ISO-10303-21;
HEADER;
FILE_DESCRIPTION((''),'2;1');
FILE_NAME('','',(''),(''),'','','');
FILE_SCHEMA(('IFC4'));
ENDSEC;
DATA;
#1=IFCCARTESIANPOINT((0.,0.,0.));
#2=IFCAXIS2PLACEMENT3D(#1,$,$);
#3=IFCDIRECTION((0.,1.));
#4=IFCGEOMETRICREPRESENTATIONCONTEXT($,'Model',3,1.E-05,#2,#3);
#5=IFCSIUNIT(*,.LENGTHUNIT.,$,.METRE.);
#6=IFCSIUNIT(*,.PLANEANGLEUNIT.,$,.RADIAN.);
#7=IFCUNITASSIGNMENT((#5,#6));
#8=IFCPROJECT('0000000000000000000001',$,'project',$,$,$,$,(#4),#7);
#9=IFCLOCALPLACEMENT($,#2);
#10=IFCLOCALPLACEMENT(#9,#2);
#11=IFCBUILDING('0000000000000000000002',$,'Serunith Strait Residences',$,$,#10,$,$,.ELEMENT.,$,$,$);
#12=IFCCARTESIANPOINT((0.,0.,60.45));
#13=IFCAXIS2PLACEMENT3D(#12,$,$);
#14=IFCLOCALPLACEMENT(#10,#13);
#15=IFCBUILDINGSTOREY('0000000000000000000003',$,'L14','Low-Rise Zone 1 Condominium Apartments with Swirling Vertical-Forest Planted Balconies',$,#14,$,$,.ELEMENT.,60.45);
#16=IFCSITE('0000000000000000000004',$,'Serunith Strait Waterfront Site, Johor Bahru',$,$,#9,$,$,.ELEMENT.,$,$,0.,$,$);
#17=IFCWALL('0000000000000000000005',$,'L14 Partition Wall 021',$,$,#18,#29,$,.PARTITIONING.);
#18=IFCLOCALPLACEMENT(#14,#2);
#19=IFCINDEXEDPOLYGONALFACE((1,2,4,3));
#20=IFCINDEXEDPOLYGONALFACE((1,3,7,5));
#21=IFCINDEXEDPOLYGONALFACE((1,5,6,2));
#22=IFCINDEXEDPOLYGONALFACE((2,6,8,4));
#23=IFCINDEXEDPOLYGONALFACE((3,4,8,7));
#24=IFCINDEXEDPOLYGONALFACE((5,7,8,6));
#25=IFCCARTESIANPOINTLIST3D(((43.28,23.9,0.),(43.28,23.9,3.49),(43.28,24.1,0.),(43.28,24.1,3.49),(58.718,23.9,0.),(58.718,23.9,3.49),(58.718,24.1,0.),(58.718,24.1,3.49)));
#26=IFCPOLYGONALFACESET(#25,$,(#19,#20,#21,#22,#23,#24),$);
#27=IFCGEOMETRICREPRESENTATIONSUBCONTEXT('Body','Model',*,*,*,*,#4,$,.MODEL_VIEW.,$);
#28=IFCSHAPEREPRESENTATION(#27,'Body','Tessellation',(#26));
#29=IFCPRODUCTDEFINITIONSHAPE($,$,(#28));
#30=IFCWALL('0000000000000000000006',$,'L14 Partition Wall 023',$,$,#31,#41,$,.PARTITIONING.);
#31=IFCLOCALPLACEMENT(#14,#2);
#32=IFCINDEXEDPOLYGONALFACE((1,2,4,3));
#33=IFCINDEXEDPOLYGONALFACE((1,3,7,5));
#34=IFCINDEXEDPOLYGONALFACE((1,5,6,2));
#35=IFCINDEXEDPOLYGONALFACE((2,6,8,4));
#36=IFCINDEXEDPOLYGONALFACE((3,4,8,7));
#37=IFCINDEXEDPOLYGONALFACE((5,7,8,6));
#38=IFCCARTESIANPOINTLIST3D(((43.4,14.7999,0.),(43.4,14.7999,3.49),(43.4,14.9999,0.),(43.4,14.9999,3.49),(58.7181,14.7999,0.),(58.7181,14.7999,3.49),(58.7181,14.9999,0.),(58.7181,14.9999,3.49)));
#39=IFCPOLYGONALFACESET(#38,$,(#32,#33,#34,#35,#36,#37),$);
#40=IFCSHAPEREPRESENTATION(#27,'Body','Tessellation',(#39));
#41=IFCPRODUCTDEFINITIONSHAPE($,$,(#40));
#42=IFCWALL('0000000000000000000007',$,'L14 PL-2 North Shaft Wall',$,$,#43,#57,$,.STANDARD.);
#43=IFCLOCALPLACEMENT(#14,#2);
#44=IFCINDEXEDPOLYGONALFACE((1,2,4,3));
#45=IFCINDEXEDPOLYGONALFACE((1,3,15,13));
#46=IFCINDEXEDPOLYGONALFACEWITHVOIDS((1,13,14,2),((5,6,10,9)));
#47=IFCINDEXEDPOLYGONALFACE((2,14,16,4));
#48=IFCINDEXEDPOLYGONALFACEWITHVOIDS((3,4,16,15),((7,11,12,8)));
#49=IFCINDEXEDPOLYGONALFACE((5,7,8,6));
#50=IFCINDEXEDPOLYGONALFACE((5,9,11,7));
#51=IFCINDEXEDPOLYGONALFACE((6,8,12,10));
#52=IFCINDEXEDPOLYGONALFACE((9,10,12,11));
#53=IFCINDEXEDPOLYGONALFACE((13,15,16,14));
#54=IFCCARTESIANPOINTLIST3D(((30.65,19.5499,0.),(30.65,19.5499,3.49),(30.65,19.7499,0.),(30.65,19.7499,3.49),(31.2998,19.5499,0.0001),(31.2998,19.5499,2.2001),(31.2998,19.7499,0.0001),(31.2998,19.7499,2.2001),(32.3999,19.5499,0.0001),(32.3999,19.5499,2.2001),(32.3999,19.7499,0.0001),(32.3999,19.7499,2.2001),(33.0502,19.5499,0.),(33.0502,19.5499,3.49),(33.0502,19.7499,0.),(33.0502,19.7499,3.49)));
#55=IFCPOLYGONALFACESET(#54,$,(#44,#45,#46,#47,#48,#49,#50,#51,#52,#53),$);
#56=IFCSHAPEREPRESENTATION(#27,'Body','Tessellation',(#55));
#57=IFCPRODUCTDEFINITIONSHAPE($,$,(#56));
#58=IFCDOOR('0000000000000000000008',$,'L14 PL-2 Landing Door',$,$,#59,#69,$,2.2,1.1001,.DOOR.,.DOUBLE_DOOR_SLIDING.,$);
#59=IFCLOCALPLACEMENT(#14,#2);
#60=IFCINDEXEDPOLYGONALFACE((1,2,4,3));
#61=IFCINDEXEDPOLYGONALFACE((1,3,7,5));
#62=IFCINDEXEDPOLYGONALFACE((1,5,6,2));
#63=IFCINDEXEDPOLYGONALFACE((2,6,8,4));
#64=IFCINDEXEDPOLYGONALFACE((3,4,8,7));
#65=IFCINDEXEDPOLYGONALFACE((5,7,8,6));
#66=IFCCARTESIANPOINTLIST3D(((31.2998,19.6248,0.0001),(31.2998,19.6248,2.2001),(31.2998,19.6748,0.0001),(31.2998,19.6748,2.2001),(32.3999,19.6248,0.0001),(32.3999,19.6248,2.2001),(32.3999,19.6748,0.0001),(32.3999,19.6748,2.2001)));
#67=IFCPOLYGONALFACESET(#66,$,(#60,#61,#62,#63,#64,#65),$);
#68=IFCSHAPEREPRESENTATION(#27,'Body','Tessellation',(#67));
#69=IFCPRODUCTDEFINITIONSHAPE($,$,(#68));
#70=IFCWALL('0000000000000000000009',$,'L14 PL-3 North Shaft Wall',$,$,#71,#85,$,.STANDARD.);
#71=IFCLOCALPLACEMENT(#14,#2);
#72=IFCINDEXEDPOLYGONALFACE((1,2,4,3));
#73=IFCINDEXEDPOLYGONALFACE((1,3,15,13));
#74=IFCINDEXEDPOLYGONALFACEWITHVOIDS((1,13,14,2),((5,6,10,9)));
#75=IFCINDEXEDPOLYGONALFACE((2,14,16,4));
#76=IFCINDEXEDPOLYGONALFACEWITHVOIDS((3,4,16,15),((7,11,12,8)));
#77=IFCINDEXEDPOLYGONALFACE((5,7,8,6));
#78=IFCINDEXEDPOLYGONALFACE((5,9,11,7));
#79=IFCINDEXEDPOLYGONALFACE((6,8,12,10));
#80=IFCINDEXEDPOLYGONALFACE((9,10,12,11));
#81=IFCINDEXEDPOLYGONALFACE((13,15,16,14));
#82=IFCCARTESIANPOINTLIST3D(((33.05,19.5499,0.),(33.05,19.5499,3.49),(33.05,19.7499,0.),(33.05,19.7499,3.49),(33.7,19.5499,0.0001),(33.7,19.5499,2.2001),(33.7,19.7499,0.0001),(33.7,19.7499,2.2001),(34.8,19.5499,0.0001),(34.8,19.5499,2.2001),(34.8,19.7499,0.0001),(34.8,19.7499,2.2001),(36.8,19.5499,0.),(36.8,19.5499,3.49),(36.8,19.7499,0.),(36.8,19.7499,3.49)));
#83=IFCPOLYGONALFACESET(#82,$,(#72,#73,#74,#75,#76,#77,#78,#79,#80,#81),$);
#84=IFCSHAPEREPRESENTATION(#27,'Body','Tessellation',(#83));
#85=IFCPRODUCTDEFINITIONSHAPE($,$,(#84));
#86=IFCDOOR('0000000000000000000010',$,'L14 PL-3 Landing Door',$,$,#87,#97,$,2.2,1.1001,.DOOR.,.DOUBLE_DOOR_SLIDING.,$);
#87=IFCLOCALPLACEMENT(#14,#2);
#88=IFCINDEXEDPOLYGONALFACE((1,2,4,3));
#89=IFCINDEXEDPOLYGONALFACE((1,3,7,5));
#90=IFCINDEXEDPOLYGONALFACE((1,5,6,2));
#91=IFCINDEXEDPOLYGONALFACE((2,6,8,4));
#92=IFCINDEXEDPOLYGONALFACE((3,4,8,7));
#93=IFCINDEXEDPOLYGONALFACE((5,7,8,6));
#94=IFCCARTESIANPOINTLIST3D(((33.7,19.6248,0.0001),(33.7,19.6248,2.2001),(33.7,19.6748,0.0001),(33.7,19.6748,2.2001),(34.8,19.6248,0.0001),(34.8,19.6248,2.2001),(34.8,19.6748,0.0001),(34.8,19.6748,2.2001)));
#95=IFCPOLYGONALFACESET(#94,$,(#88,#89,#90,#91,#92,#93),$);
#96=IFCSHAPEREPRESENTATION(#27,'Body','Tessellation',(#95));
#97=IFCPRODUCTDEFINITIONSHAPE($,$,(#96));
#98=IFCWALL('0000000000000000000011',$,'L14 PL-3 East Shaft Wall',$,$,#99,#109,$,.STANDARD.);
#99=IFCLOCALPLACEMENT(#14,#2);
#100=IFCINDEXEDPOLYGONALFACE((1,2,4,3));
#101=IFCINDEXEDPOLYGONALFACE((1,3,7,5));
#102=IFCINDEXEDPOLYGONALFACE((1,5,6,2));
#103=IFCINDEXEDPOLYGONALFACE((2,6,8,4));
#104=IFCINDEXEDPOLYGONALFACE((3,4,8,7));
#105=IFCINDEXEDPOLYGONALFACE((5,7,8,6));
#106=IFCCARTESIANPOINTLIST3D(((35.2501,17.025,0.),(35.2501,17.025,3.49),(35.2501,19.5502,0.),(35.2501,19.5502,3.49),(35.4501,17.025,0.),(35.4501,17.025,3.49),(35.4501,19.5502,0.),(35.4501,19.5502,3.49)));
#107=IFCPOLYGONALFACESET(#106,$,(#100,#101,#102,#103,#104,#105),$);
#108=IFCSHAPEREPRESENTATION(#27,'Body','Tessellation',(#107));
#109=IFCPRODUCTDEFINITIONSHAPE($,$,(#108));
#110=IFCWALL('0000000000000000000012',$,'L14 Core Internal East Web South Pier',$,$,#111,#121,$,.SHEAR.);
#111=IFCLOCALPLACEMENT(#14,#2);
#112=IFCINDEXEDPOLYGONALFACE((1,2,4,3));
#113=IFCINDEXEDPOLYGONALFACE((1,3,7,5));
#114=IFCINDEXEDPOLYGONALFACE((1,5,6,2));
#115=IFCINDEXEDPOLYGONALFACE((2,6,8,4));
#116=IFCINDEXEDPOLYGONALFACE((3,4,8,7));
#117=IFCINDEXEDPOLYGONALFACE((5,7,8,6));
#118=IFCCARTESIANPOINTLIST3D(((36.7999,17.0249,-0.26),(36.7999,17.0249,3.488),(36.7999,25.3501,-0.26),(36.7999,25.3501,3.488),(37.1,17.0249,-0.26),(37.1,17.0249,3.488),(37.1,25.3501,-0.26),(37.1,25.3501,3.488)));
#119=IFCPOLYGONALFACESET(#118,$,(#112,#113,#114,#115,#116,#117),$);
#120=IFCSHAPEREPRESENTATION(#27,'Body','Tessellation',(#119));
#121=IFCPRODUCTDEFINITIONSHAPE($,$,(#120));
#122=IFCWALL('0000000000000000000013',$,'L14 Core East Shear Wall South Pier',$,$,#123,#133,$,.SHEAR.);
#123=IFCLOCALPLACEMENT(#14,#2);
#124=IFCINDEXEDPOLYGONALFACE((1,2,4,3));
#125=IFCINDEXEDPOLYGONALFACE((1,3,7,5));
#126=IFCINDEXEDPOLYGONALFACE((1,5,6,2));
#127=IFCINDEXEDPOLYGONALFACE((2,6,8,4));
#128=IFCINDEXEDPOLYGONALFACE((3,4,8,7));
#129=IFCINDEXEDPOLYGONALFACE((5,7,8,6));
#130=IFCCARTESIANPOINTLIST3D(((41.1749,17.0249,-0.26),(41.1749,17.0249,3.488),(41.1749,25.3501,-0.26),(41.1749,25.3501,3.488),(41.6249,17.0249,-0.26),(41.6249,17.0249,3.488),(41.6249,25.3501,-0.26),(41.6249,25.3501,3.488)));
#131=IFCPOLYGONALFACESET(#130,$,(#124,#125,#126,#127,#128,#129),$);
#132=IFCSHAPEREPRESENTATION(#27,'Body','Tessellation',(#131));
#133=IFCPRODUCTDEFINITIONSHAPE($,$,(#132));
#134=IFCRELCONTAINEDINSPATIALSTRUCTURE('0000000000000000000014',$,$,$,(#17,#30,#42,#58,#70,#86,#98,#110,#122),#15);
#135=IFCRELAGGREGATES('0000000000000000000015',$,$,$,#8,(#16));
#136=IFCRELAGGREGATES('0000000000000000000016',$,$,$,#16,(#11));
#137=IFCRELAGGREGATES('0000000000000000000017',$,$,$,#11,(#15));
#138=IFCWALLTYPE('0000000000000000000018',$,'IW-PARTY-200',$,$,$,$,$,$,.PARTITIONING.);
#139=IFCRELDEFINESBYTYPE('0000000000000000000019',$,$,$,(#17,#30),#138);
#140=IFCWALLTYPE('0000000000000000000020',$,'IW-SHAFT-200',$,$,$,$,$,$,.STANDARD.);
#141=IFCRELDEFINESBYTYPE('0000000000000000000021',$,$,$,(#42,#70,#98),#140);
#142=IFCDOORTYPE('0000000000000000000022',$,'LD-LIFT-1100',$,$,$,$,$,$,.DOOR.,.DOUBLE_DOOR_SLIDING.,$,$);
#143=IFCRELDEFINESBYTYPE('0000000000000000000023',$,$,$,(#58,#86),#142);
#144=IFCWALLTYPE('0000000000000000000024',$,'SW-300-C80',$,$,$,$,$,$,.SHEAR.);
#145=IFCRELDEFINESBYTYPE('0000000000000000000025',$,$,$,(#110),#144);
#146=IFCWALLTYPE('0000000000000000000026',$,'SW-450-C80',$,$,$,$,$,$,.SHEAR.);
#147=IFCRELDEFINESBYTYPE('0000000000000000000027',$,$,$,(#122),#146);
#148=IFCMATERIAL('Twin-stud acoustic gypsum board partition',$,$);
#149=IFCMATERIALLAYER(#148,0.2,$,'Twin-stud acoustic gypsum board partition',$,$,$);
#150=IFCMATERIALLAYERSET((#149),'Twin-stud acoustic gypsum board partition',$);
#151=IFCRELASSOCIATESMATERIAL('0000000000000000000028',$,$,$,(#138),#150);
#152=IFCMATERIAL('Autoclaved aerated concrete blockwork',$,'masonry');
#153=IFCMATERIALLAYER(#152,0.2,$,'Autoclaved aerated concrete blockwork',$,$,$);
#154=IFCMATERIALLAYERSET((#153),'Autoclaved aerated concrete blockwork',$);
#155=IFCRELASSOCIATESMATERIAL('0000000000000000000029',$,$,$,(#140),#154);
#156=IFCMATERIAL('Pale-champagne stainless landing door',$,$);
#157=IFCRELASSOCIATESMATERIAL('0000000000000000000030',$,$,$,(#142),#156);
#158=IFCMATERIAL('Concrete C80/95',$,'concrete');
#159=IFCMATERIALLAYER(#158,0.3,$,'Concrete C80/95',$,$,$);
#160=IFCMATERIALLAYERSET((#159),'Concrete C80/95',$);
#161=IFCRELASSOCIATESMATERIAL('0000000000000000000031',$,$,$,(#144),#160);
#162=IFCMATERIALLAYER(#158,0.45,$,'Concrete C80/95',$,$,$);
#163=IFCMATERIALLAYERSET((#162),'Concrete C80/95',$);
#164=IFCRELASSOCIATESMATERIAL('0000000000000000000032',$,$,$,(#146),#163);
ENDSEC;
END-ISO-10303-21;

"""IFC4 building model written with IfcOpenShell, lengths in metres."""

from ifc_helpers import new_model, si_unit, direction, frame, frame_2d, origin, place, context, subcontext, project, spatial, rectangle, extrude, source, transform, mapped, material, layer, layer_set, type_object, element, fill, save


model = new_model("IFC4")

# Units and contexts
model_context = context("Model", 3, precision=1e-05, world=origin(), true_north=direction((0.0, 1.0)))
body_context = subcontext(model_context, "Body", "Model", "MODEL_VIEW")
ifc_project = project(units=[si_unit("LENGTHUNIT", "METRE"), si_unit("PLANEANGLEUNIT", "RADIAN")], contexts=[model_context])

# Site, building, storey
site_placement = place(None, origin())
site = spatial("IfcSite", under=ifc_project, at=site_placement, Name="Serunith Strait Waterfront Site, Johor Bahru", CompositionType="ELEMENT", RefElevation=0.0)
building_placement = place(site_placement, origin())
building = spatial("IfcBuilding", under=site, at=building_placement, Name="Serunith Strait Residences", CompositionType="ELEMENT")
storey_placement = place(building_placement, frame((0.0, 0.0, 60.45)))
storey = spatial("IfcBuildingStorey", under=building, at=storey_placement, Name="L14", Description="Low-Rise Zone 1 Condominium Apartments with Swirling Vertical-Forest Planted Balconies", CompositionType="ELEMENT", Elevation=60.45)

# Walls
ifc_material_1 = material(Name="Twin-stud acoustic gypsum board partition")
ifc_layer_1 = layer(ifc_material_1, 0.2, Name="Twin-stud acoustic gypsum board partition")
ifc_layer_set_1 = layer_set([ifc_layer_1], Name="Twin-stud acoustic gypsum board partition")
wall_type_1 = type_object("IfcWallType", Name="IW-PARTY-200", PredefinedType="PARTITIONING", material=ifc_layer_set_1)
wall_1_placement = place(storey_placement, frame((43.28, 24.0, 0.0), z_axis=(0.0, 0.0, 1.0), x_axis=(1.0, 0.0, 0.0)))
element("IfcWall", 1, at=wall_1_placement, inside=storey, type_object=wall_type_1, Name="L14 Partition Wall 021", PredefinedType="PARTITIONING", context=body_context, shape_type="SweptSolid", body=[
    extrude(rectangle(XDim=15.438, YDim=0.2, at=frame_2d((7.719, 0.0))), origin(), (0.0, 0.0, 1.0), 3.49),
])
wall_2_placement = place(storey_placement, frame((43.3999, 14.8999, 0.0), z_axis=(0.0, 0.0, 1.0), x_axis=(1.0, 0.0, 0.0)))
element("IfcWall", 2, at=wall_2_placement, inside=storey, type_object=wall_type_1, Name="L14 Partition Wall 023", PredefinedType="PARTITIONING", context=body_context, shape_type="SweptSolid", body=[
    extrude(rectangle(XDim=15.3181, YDim=0.2, at=frame_2d((7.6592, 0.0))), origin(), (0.0, 0.0, 1.0), 3.49),
])

# Walls, openings, doors
ifc_material_2 = material(Name="Autoclaved aerated concrete blockwork", Category="masonry")
ifc_layer_2 = layer(ifc_material_2, 0.2, Name="Autoclaved aerated concrete blockwork")
ifc_layer_set_2 = layer_set([ifc_layer_2], Name="Autoclaved aerated concrete blockwork")
wall_type_2 = type_object("IfcWallType", Name="IW-SHAFT-200", PredefinedType="STANDARD", material=ifc_layer_set_2)
wall_3_placement = place(storey_placement, frame((30.6499, 19.6499, 0.0), z_axis=(0.0, 0.0, 1.0), x_axis=(1.0, 0.0, 0.0)))
wall_3 = element("IfcWall", 3, at=wall_3_placement, inside=storey, type_object=wall_type_2, Name="L14 PL-2 North Shaft Wall", PredefinedType="STANDARD", context=body_context, shape_type="SweptSolid", body=[
    extrude(rectangle(XDim=2.4001, YDim=0.2, at=frame_2d((1.2002, 0.0))), origin(), (0.0, 0.0, 1.0), 3.49),
])
opening_1_placement = place(wall_3_placement, frame((0.6499, 0.0, 0.0)))
opening_1 = element("IfcOpeningElement", 4, at=opening_1_placement, cuts=wall_3, PredefinedType="OPENING", context=body_context, shape_type="SweptSolid", body=[
    extrude(rectangle(XDim=1.1001, YDim=2.2, at=frame_2d((0.55, 1.1001))), frame((0.0, 0.1099, 0.0), z_axis=(0.0, -1.0, 0.0), x_axis=(1.0, 0.0, 0.0)), (0.0, 0.0, 1.0), 0.22),
])
ifc_material_3 = material(Name="Pale-champagne stainless landing door")
door_type = type_object("IfcDoorType", Name="LD-LIFT-1100", OperationType="DOUBLE_DOOR_SLIDING", PredefinedType="DOOR", material=ifc_material_3)
shared_shape_1 = source(origin(), body_context, "Body", "SweptSolid", [
    extrude(rectangle(XDim=1.1001, YDim=2.2, at=frame_2d((0.55, 1.1001))), frame((0.0, 0.0249, 0.0), z_axis=(0.0, -1.0, 0.0), x_axis=(1.0, 0.0, 0.0)), (0.0, 0.0, 1.0), 0.05),
])
door_1_placement = place(opening_1_placement, origin())
door_1 = element("IfcDoor", 5, at=door_1_placement, inside=storey, type_object=door_type, Name="L14 PL-2 Landing Door", OperationType="DOUBLE_DOOR_SLIDING", OverallHeight=2.2, OverallWidth=1.1001, PredefinedType="DOOR", context=body_context, shape_type="MappedRepresentation", body=[
    mapped(shared_shape_1, transform((0.0, 0.0, 0.0), scale=1.0)),
])
fill(opening_1, door_1)
wall_4_placement = place(storey_placement, frame((33.05, 19.6499, 0.0), z_axis=(0.0, 0.0, 1.0), x_axis=(1.0, 0.0, 0.0)))
wall_4 = element("IfcWall", 6, at=wall_4_placement, inside=storey, type_object=wall_type_2, Name="L14 PL-3 North Shaft Wall", PredefinedType="STANDARD", context=body_context, shape_type="SweptSolid", body=[
    extrude(rectangle(XDim=3.75, YDim=0.2, at=frame_2d((1.875, 0.0))), origin(), (0.0, 0.0, 1.0), 3.49),
])
opening_2_placement = place(wall_4_placement, frame((0.6499, 0.0, 0.0)))
opening_2 = element("IfcOpeningElement", 7, at=opening_2_placement, cuts=wall_4, PredefinedType="OPENING", context=body_context, shape_type="SweptSolid", body=[
    extrude(rectangle(XDim=1.1001, YDim=2.2, at=frame_2d((0.55, 1.1001))), frame((0.0, 0.1099, 0.0), z_axis=(0.0, -1.0, 0.0), x_axis=(1.0, 0.0, 0.0)), (0.0, 0.0, 1.0), 0.22),
])
door_2_placement = place(opening_2_placement, origin())
door_2 = element("IfcDoor", 8, at=door_2_placement, inside=storey, type_object=door_type, Name="L14 PL-3 Landing Door", OperationType="DOUBLE_DOOR_SLIDING", OverallHeight=2.2, OverallWidth=1.1001, PredefinedType="DOOR", context=body_context, shape_type="MappedRepresentation", body=[
    mapped(shared_shape_1, transform((0.0, 0.0, 0.0), scale=1.0)),
])
fill(opening_2, door_2)

# Walls
wall_5_placement = place(storey_placement, frame((35.3501, 17.0249, 0.0), z_axis=(0.0, 0.0, 1.0), x_axis=(0.0, 1.0, 0.0)))
element("IfcWall", 9, at=wall_5_placement, inside=storey, type_object=wall_type_2, Name="L14 PL-3 East Shaft Wall", PredefinedType="STANDARD", context=body_context, shape_type="SweptSolid", body=[
    extrude(rectangle(XDim=2.5251, YDim=0.2, at=frame_2d((1.2627, 0.0))), origin(), (0.0, 0.0, 1.0), 3.49),
])
ifc_material_4 = material(Name="Concrete C80/95", Category="concrete")
ifc_layer_3 = layer(ifc_material_4, 0.3, Name="Concrete C80/95")
ifc_layer_set_3 = layer_set([ifc_layer_3], Name="Concrete C80/95")
wall_type_3 = type_object("IfcWallType", Name="SW-300-C80", PredefinedType="SHEAR", material=ifc_layer_set_3)
wall_6_placement = place(storey_placement, frame((36.95, 17.0249, -0.26), z_axis=(0.0, 0.0, 1.0), x_axis=(0.0, 1.0, 0.0)))
element("IfcWall", 10, at=wall_6_placement, inside=storey, type_object=wall_type_3, Name="L14 Core Internal East Web South Pier", PredefinedType="SHEAR", context=body_context, shape_type="SweptSolid", body=[
    extrude(rectangle(XDim=8.3252, YDim=0.3, at=frame_2d((4.1626, 0.0))), origin(), (0.0, 0.0, 1.0), 3.748),
])
ifc_layer_4 = layer(ifc_material_4, 0.45, Name="Concrete C80/95")
ifc_layer_set_4 = layer_set([ifc_layer_4], Name="Concrete C80/95")
wall_type_4 = type_object("IfcWallType", Name="SW-450-C80", PredefinedType="SHEAR", material=ifc_layer_set_4)
wall_7_placement = place(storey_placement, frame((41.3999, 17.0249, -0.26), z_axis=(0.0, 0.0, 1.0), x_axis=(0.0, 1.0, 0.0)))
element("IfcWall", 11, at=wall_7_placement, inside=storey, type_object=wall_type_4, Name="L14 Core East Shear Wall South Pier", PredefinedType="SHEAR", context=body_context, shape_type="SweptSolid", body=[
    extrude(rectangle(XDim=8.3252, YDim=0.45, at=frame_2d((4.1626, 0.0))), origin(), (0.0, 0.0, 1.0), 3.748),
])

save(model, "model.ifc")
